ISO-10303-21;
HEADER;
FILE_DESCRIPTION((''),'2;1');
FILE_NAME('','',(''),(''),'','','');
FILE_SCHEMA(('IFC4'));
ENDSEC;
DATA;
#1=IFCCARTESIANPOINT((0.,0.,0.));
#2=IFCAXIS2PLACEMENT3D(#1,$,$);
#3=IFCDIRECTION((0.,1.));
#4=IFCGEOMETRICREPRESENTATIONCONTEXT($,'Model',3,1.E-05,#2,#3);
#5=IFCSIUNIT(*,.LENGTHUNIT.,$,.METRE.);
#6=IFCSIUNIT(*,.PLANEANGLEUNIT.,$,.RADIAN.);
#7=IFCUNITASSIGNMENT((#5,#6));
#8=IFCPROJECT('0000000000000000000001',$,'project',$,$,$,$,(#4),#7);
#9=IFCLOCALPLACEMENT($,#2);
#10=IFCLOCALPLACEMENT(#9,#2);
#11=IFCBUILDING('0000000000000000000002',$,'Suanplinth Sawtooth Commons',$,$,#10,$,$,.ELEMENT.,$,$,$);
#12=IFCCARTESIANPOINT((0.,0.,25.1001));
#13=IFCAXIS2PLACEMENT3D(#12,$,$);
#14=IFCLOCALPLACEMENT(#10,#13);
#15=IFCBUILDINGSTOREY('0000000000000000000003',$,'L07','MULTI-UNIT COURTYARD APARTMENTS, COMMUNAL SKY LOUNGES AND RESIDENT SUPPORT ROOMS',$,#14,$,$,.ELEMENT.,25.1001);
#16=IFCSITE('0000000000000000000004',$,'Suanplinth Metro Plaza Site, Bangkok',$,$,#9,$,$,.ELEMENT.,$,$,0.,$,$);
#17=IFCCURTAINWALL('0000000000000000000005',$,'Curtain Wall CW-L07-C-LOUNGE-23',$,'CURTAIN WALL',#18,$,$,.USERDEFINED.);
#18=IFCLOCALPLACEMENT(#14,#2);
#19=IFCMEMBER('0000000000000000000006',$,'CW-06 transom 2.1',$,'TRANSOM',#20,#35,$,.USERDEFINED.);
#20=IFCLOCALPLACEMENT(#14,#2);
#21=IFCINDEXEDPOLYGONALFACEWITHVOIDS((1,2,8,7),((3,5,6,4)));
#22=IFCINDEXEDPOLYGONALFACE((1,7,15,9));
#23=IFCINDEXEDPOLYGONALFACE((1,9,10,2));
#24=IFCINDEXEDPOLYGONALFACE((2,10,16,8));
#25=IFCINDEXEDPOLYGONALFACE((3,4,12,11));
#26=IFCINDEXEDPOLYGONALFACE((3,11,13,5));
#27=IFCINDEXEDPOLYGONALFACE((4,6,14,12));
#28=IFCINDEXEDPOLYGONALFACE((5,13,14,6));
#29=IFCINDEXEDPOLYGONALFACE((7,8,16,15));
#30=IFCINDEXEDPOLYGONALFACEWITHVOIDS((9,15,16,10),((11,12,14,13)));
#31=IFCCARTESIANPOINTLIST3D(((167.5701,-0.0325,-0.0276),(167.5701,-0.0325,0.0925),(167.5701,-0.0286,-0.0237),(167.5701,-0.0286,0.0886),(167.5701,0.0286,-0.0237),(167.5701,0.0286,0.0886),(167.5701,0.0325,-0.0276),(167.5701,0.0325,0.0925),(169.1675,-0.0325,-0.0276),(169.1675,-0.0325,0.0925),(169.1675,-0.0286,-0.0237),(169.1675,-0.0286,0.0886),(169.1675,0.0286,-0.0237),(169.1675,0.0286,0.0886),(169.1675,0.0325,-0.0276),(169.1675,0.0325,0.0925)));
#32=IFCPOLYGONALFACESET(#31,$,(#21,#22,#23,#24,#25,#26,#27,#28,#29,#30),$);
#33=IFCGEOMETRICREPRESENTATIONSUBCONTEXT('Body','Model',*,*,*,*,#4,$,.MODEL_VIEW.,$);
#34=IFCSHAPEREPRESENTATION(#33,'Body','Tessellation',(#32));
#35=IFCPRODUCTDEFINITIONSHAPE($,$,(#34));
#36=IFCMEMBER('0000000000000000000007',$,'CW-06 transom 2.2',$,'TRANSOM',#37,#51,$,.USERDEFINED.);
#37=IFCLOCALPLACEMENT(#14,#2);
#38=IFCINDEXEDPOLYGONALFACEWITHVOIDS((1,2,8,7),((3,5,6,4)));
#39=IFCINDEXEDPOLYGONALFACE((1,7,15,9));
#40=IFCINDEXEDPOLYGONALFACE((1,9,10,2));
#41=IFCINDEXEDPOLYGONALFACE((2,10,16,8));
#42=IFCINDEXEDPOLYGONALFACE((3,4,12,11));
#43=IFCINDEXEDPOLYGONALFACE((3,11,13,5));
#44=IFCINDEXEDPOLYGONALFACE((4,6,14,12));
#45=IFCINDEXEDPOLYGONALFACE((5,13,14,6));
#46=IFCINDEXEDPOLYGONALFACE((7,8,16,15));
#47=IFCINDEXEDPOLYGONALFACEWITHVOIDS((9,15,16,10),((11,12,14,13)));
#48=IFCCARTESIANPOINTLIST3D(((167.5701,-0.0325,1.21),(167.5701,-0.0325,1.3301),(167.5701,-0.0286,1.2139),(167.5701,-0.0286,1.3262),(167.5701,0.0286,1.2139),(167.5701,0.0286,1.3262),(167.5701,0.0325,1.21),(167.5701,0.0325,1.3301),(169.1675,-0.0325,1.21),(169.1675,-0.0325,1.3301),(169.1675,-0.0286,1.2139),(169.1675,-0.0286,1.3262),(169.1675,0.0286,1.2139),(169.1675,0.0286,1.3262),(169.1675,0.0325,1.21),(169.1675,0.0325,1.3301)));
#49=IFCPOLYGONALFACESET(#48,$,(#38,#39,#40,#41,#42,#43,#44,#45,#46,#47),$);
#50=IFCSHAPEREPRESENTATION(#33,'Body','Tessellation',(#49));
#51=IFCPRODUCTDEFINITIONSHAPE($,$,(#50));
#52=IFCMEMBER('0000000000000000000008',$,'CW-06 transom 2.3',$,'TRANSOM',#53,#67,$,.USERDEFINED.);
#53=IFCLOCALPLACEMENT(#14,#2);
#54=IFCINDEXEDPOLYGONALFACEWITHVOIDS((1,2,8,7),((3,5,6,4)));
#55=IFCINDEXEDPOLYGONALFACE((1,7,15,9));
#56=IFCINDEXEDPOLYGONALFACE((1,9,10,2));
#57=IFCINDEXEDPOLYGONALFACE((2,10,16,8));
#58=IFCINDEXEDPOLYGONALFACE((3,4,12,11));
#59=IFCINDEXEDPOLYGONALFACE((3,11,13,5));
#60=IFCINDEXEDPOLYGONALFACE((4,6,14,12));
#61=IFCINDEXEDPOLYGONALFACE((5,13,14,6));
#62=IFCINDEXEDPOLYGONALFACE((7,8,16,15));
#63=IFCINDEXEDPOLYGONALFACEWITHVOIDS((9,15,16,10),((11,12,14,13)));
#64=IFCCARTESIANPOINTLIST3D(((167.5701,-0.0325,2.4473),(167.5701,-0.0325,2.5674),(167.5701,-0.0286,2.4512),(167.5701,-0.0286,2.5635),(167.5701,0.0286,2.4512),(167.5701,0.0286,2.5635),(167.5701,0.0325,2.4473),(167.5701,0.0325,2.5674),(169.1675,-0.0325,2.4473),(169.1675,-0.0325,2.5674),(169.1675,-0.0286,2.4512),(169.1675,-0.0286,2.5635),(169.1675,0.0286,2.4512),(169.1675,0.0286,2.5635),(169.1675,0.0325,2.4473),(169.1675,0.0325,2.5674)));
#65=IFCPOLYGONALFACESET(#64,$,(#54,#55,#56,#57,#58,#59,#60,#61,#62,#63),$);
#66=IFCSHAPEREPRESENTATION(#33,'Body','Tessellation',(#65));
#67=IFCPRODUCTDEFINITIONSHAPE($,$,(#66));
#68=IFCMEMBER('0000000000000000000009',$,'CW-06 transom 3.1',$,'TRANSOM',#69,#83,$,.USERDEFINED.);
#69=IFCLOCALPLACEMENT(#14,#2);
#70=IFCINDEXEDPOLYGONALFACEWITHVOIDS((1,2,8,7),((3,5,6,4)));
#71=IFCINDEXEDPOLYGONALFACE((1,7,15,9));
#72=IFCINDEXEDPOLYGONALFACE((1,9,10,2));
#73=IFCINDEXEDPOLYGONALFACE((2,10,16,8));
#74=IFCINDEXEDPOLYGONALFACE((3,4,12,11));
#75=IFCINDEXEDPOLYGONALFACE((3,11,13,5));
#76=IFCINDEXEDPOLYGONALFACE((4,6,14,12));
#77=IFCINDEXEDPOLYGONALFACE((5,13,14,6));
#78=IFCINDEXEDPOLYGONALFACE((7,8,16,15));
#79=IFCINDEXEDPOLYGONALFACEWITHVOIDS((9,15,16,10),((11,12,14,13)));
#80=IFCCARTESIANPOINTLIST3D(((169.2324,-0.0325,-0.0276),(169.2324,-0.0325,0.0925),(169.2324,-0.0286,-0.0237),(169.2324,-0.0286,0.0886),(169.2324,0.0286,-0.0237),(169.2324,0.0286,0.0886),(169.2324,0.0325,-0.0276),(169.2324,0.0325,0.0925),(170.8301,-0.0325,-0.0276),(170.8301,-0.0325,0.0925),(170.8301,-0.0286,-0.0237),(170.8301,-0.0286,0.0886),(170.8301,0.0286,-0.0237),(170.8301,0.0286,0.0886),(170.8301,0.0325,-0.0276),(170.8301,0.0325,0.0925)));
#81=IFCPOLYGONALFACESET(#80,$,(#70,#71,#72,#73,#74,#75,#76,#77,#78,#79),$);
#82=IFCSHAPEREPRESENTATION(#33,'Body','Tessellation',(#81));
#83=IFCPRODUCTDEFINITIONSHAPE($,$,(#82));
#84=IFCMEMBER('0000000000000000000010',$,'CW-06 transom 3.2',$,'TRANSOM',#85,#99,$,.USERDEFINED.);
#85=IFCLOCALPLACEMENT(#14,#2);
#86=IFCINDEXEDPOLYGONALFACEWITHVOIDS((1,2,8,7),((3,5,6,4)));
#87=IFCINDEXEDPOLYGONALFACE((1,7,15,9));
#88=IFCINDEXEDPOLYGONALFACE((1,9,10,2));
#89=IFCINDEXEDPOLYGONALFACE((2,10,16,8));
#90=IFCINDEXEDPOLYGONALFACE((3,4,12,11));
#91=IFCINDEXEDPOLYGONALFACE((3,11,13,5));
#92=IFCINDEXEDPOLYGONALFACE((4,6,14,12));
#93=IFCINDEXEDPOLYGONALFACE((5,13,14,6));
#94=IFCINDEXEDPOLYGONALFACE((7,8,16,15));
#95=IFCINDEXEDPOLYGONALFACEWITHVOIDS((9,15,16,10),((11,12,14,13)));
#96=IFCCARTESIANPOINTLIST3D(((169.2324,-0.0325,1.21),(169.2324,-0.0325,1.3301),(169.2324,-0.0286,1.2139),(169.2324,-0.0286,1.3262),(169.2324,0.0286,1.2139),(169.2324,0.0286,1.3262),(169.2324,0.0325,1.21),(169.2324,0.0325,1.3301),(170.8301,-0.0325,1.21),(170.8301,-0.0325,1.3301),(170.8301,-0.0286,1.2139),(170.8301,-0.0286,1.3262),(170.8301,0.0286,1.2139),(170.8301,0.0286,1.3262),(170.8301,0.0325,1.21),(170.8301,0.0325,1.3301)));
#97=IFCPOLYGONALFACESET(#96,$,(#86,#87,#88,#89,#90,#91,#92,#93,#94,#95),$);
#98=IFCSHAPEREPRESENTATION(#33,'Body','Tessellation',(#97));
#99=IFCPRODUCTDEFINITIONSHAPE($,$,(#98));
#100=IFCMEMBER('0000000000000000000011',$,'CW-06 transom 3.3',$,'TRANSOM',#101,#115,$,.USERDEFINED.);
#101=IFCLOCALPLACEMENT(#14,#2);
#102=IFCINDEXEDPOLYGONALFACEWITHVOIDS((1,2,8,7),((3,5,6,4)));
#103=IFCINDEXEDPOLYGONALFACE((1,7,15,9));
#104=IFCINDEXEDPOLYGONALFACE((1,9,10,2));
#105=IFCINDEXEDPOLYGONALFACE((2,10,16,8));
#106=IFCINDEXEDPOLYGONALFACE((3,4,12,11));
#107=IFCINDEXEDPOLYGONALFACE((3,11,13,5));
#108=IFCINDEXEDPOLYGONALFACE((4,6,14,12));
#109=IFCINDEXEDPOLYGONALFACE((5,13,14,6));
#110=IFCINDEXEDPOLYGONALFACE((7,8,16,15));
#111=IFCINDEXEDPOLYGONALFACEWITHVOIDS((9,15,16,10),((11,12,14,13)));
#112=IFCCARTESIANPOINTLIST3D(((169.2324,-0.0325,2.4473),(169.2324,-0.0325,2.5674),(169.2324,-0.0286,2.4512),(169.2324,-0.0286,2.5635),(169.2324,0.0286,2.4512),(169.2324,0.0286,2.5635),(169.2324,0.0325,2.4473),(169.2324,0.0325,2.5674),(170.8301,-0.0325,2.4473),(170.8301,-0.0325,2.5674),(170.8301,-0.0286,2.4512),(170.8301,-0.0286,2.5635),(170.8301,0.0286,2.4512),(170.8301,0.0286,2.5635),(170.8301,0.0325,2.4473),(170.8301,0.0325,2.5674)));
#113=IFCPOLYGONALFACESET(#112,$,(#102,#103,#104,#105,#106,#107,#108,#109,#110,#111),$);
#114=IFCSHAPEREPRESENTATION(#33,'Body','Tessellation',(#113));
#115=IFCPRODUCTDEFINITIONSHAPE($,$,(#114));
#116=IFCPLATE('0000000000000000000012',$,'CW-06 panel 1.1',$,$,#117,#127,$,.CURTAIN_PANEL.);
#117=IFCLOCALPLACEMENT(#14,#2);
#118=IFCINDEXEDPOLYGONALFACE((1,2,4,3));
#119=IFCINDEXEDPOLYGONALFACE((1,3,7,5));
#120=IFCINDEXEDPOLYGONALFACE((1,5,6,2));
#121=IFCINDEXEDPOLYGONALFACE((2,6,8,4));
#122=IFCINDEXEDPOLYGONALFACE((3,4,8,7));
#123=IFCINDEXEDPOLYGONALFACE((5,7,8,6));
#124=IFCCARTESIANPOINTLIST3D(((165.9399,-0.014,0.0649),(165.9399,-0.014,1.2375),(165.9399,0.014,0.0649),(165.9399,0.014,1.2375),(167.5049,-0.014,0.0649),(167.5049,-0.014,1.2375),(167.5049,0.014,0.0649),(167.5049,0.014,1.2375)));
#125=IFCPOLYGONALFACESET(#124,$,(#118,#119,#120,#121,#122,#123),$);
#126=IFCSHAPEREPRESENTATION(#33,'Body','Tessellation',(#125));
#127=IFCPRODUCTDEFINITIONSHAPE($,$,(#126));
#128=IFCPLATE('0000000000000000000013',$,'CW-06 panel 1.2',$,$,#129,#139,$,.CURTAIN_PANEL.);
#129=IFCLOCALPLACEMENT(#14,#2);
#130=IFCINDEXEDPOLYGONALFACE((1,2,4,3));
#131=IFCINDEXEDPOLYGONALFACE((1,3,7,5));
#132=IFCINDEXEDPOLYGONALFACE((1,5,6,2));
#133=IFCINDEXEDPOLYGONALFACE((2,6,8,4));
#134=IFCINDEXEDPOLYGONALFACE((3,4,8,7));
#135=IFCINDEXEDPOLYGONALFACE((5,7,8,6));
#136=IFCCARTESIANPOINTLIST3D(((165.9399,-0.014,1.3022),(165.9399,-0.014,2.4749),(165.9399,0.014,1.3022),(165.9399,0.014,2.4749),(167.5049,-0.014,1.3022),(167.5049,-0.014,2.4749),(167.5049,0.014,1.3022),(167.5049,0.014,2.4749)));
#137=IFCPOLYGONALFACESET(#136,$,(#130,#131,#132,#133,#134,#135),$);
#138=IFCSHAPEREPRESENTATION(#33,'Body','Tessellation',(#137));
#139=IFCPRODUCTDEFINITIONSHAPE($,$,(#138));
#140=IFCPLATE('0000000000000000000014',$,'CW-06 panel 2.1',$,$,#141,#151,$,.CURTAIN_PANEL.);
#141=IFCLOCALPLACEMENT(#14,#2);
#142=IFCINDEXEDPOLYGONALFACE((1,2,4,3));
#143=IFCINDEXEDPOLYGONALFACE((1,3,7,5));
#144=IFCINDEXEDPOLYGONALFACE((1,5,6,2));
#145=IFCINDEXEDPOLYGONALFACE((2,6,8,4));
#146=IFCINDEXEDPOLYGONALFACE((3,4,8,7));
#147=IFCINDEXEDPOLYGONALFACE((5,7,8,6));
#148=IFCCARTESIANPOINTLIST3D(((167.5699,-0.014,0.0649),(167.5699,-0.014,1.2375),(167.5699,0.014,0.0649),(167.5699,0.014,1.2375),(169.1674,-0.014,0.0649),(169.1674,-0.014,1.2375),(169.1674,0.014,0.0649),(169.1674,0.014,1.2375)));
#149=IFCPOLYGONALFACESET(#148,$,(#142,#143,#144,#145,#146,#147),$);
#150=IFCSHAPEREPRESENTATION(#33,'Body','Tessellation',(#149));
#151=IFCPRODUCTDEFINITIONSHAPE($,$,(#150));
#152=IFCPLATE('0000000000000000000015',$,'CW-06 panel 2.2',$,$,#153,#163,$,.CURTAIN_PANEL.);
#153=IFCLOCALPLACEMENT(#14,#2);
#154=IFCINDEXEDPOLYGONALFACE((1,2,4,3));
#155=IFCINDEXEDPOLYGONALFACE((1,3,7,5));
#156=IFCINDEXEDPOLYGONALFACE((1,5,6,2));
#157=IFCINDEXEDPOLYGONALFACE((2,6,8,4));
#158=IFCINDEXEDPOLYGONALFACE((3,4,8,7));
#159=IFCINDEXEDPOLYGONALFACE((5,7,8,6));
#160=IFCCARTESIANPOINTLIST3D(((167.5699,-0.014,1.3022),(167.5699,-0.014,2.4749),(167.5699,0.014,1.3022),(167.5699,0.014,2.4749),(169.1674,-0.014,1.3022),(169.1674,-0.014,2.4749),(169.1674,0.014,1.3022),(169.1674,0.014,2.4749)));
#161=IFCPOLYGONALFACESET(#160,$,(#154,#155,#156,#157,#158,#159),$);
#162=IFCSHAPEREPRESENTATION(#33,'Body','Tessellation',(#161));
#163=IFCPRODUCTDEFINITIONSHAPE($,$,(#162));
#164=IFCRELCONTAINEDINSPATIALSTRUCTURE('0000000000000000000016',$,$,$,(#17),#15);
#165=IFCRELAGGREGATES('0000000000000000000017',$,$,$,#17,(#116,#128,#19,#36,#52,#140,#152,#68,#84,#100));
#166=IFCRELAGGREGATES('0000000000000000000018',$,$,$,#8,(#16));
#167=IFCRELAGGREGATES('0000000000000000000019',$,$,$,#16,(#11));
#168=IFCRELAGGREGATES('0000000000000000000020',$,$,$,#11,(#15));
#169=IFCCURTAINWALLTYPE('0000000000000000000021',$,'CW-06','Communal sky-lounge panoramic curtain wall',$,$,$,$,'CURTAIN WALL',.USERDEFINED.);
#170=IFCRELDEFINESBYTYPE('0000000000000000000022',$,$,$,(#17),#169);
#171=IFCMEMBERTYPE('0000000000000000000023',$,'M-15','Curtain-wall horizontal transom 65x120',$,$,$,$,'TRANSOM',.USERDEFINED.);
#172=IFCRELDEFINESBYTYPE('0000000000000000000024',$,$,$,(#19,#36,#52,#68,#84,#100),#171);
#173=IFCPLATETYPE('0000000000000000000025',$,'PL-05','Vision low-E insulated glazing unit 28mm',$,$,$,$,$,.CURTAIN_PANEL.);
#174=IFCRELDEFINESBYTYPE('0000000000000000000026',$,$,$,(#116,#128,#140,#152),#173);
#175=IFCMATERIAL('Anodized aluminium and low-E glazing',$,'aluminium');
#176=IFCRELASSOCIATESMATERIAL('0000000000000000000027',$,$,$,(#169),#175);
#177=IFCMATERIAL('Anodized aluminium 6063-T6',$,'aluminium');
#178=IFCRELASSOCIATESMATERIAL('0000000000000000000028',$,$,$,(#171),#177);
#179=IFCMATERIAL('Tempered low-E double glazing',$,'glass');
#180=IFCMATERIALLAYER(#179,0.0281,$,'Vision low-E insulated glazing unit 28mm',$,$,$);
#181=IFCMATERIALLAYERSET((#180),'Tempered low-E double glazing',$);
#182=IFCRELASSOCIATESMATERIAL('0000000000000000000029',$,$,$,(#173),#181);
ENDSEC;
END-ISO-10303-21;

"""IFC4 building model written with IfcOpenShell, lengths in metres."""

from ifc_helpers import new_model, si_unit, direction, frame, origin, origin_2d, place, context, subcontext, project, spatial, rectangle, hollow_rectangle, extrude, material, layer, layer_set, material_profile, profile_set, type_object, element, aggregate, save


model = new_model("IFC4")

# Units and contexts
model_context = context("Model", 3, precision=1e-05, world=origin(), true_north=direction((0.0, 1.0)))
body_context = subcontext(model_context, "Body", "Model", "MODEL_VIEW")
ifc_project = project(units=[si_unit("LENGTHUNIT", "METRE"), si_unit("PLANEANGLEUNIT", "RADIAN")], contexts=[model_context])

# Site, building, storey
site_placement = place(None, origin())
site = spatial("IfcSite", under=ifc_project, at=site_placement, Name="Suanplinth Metro Plaza Site, Bangkok", CompositionType="ELEMENT", RefElevation=0.0)
building_placement = place(site_placement, origin())
building = spatial("IfcBuilding", under=site, at=building_placement, Name="Suanplinth Sawtooth Commons", CompositionType="ELEMENT")
storey_placement = place(building_placement, frame((0.0, 0.0, 25.1001)))
storey = spatial("IfcBuildingStorey", under=building, at=storey_placement, Name="L07", Description="MULTI-UNIT COURTYARD APARTMENTS, COMMUNAL SKY LOUNGES AND RESIDENT SUPPORT ROOMS", CompositionType="ELEMENT", Elevation=25.1001)

# Curtain wall, members, plates
ifc_material_1 = material(Name="Anodized aluminium and low-E glazing", Category="aluminium")
curtain_wall_type = type_object("IfcCurtainWallType", Name="CW-06", Description="Communal sky-lounge panoramic curtain wall", ElementType="CURTAIN WALL", PredefinedType="USERDEFINED", material=ifc_material_1)
curtain_wall_placement = place(storey_placement, origin())
curtain_wall = element("IfcCurtainWall", 1, at=curtain_wall_placement, inside=storey, type_object=curtain_wall_type, Name="Curtain Wall CW-L07-C-LOUNGE-23", ObjectType="CURTAIN WALL", PredefinedType="USERDEFINED")
ifc_material_2 = material(Name="Anodized aluminium 6063-T6", Category="aluminium")
ifc_material_profile_1 = material_profile(ifc_material_2, hollow_rectangle(XDim=0.0649, YDim=0.1201, WallThickness=0.0039, at=origin_2d()), Name="ALU-TRN 65x120")
ifc_profile_set_1 = profile_set([ifc_material_profile_1], Name="Anodized aluminium 6063-T6")
member_type_1 = type_object("IfcMemberType", Name="M-15", Description="Curtain-wall horizontal transom 65x120", ElementType="TRANSOM", PredefinedType="USERDEFINED", material=ifc_profile_set_1)
member_1_placement = place(storey_placement, frame((167.5701, 0.0, 0.0325), z_axis=(1.0, 0.0, 0.0), x_axis=(0.0, 1.0, 0.0)))
member_1 = element("IfcMember", 2, at=member_1_placement, type_object=member_type_1, Name="CW-06 transom 2.1", ObjectType="TRANSOM", PredefinedType="USERDEFINED", context=body_context, shape_type="SweptSolid", body=[
    extrude(hollow_rectangle(XDim=0.0649, YDim=0.1201, WallThickness=0.0039, at=origin_2d()), origin(), (0.0, 0.0, 1.0), 1.5974),
])
member_2_placement = place(storey_placement, frame((167.5701, 0.0, 1.27), z_axis=(1.0, 0.0, 0.0), x_axis=(0.0, 1.0, 0.0)))
member_2 = element("IfcMember", 3, at=member_2_placement, type_object=member_type_1, Name="CW-06 transom 2.2", ObjectType="TRANSOM", PredefinedType="USERDEFINED", context=body_context, shape_type="SweptSolid", body=[
    extrude(hollow_rectangle(XDim=0.0649, YDim=0.1201, WallThickness=0.0039, at=origin_2d()), origin(), (0.0, 0.0, 1.0), 1.5974),
])
member_3_placement = place(storey_placement, frame((167.5701, 0.0, 2.5073), z_axis=(1.0, 0.0, 0.0), x_axis=(0.0, 1.0, 0.0)))
member_3 = element("IfcMember", 4, at=member_3_placement, type_object=member_type_1, Name="CW-06 transom 2.3", ObjectType="TRANSOM", PredefinedType="USERDEFINED", context=body_context, shape_type="SweptSolid", body=[
    extrude(hollow_rectangle(XDim=0.0649, YDim=0.1201, WallThickness=0.0039, at=origin_2d()), origin(), (0.0, 0.0, 1.0), 1.5974),
])
member_4_placement = place(storey_placement, frame((169.2324, 0.0, 0.0325), z_axis=(1.0, 0.0, 0.0), x_axis=(0.0, 1.0, 0.0)))
member_4 = element("IfcMember", 5, at=member_4_placement, type_object=member_type_1, Name="CW-06 transom 3.1", ObjectType="TRANSOM", PredefinedType="USERDEFINED", context=body_context, shape_type="SweptSolid", body=[
    extrude(hollow_rectangle(XDim=0.0649, YDim=0.1201, WallThickness=0.0039, at=origin_2d()), origin(), (0.0, 0.0, 1.0), 1.5977),
])
member_5_placement = place(storey_placement, frame((169.2324, 0.0, 1.27), z_axis=(1.0, 0.0, 0.0), x_axis=(0.0, 1.0, 0.0)))
member_5 = element("IfcMember", 6, at=member_5_placement, type_object=member_type_1, Name="CW-06 transom 3.2", ObjectType="TRANSOM", PredefinedType="USERDEFINED", context=body_context, shape_type="SweptSolid", body=[
    extrude(hollow_rectangle(XDim=0.0649, YDim=0.1201, WallThickness=0.0039, at=origin_2d()), origin(), (0.0, 0.0, 1.0), 1.5977),
])
member_6_placement = place(storey_placement, frame((169.2324, 0.0, 2.5073), z_axis=(1.0, 0.0, 0.0), x_axis=(0.0, 1.0, 0.0)))
member_6 = element("IfcMember", 7, at=member_6_placement, type_object=member_type_1, Name="CW-06 transom 3.3", ObjectType="TRANSOM", PredefinedType="USERDEFINED", context=body_context, shape_type="SweptSolid", body=[
    extrude(hollow_rectangle(XDim=0.0649, YDim=0.1201, WallThickness=0.0039, at=origin_2d()), origin(), (0.0, 0.0, 1.0), 1.5977),
])
ifc_material_3 = material(Name="Tempered low-E double glazing", Category="glass")
ifc_layer_1 = layer(ifc_material_3, 0.0281, Name="Vision low-E insulated glazing unit 28mm")
ifc_layer_set_1 = layer_set([ifc_layer_1], Name="Tempered low-E double glazing")
plate_type = type_object("IfcPlateType", Name="PL-05", Description="Vision low-E insulated glazing unit 28mm", PredefinedType="CURTAIN_PANEL", material=ifc_layer_set_1)
plate_1_placement = place(storey_placement, frame((166.7224, 0.0, 0.0649), z_axis=(0.0, 0.0, 1.0), x_axis=(1.0, 0.0, 0.0)))
plate_1 = element("IfcPlate", 8, at=plate_1_placement, type_object=plate_type, Name="CW-06 panel 1.1", PredefinedType="CURTAIN_PANEL", context=body_context, shape_type="SweptSolid", body=[
    extrude(rectangle(XDim=1.5649, YDim=0.0281, at=origin_2d()), origin(), (0.0, 0.0, 1.0), 1.1726),
])
plate_2_placement = place(storey_placement, frame((166.7224, 0.0, 1.3022), z_axis=(0.0, 0.0, 1.0), x_axis=(1.0, 0.0, 0.0)))
plate_2 = element("IfcPlate", 9, at=plate_2_placement, type_object=plate_type, Name="CW-06 panel 1.2", PredefinedType="CURTAIN_PANEL", context=body_context, shape_type="SweptSolid", body=[
    extrude(rectangle(XDim=1.5649, YDim=0.0281, at=origin_2d()), origin(), (0.0, 0.0, 1.0), 1.1726),
])
plate_3_placement = place(storey_placement, frame((168.3687, 0.0, 0.0649), z_axis=(0.0, 0.0, 1.0), x_axis=(1.0, 0.0, 0.0)))
plate_3 = element("IfcPlate", 10, at=plate_3_placement, type_object=plate_type, Name="CW-06 panel 2.1", PredefinedType="CURTAIN_PANEL", context=body_context, shape_type="SweptSolid", body=[
    extrude(rectangle(XDim=1.5974, YDim=0.0281, at=origin_2d()), origin(), (0.0, 0.0, 1.0), 1.1726),
])
plate_4_placement = place(storey_placement, frame((168.3687, 0.0, 1.3022), z_axis=(0.0, 0.0, 1.0), x_axis=(1.0, 0.0, 0.0)))
plate_4 = element("IfcPlate", 11, at=plate_4_placement, type_object=plate_type, Name="CW-06 panel 2.2", PredefinedType="CURTAIN_PANEL", context=body_context, shape_type="SweptSolid", body=[
    extrude(rectangle(XDim=1.5974, YDim=0.0281, at=origin_2d()), origin(), (0.0, 0.0, 1.0), 1.1726),
])
aggregate(curtain_wall, [plate_1, plate_2, member_1, member_2, member_3, plate_3, plate_4, member_4, member_5, member_6])

save(model, "model.ifc")
